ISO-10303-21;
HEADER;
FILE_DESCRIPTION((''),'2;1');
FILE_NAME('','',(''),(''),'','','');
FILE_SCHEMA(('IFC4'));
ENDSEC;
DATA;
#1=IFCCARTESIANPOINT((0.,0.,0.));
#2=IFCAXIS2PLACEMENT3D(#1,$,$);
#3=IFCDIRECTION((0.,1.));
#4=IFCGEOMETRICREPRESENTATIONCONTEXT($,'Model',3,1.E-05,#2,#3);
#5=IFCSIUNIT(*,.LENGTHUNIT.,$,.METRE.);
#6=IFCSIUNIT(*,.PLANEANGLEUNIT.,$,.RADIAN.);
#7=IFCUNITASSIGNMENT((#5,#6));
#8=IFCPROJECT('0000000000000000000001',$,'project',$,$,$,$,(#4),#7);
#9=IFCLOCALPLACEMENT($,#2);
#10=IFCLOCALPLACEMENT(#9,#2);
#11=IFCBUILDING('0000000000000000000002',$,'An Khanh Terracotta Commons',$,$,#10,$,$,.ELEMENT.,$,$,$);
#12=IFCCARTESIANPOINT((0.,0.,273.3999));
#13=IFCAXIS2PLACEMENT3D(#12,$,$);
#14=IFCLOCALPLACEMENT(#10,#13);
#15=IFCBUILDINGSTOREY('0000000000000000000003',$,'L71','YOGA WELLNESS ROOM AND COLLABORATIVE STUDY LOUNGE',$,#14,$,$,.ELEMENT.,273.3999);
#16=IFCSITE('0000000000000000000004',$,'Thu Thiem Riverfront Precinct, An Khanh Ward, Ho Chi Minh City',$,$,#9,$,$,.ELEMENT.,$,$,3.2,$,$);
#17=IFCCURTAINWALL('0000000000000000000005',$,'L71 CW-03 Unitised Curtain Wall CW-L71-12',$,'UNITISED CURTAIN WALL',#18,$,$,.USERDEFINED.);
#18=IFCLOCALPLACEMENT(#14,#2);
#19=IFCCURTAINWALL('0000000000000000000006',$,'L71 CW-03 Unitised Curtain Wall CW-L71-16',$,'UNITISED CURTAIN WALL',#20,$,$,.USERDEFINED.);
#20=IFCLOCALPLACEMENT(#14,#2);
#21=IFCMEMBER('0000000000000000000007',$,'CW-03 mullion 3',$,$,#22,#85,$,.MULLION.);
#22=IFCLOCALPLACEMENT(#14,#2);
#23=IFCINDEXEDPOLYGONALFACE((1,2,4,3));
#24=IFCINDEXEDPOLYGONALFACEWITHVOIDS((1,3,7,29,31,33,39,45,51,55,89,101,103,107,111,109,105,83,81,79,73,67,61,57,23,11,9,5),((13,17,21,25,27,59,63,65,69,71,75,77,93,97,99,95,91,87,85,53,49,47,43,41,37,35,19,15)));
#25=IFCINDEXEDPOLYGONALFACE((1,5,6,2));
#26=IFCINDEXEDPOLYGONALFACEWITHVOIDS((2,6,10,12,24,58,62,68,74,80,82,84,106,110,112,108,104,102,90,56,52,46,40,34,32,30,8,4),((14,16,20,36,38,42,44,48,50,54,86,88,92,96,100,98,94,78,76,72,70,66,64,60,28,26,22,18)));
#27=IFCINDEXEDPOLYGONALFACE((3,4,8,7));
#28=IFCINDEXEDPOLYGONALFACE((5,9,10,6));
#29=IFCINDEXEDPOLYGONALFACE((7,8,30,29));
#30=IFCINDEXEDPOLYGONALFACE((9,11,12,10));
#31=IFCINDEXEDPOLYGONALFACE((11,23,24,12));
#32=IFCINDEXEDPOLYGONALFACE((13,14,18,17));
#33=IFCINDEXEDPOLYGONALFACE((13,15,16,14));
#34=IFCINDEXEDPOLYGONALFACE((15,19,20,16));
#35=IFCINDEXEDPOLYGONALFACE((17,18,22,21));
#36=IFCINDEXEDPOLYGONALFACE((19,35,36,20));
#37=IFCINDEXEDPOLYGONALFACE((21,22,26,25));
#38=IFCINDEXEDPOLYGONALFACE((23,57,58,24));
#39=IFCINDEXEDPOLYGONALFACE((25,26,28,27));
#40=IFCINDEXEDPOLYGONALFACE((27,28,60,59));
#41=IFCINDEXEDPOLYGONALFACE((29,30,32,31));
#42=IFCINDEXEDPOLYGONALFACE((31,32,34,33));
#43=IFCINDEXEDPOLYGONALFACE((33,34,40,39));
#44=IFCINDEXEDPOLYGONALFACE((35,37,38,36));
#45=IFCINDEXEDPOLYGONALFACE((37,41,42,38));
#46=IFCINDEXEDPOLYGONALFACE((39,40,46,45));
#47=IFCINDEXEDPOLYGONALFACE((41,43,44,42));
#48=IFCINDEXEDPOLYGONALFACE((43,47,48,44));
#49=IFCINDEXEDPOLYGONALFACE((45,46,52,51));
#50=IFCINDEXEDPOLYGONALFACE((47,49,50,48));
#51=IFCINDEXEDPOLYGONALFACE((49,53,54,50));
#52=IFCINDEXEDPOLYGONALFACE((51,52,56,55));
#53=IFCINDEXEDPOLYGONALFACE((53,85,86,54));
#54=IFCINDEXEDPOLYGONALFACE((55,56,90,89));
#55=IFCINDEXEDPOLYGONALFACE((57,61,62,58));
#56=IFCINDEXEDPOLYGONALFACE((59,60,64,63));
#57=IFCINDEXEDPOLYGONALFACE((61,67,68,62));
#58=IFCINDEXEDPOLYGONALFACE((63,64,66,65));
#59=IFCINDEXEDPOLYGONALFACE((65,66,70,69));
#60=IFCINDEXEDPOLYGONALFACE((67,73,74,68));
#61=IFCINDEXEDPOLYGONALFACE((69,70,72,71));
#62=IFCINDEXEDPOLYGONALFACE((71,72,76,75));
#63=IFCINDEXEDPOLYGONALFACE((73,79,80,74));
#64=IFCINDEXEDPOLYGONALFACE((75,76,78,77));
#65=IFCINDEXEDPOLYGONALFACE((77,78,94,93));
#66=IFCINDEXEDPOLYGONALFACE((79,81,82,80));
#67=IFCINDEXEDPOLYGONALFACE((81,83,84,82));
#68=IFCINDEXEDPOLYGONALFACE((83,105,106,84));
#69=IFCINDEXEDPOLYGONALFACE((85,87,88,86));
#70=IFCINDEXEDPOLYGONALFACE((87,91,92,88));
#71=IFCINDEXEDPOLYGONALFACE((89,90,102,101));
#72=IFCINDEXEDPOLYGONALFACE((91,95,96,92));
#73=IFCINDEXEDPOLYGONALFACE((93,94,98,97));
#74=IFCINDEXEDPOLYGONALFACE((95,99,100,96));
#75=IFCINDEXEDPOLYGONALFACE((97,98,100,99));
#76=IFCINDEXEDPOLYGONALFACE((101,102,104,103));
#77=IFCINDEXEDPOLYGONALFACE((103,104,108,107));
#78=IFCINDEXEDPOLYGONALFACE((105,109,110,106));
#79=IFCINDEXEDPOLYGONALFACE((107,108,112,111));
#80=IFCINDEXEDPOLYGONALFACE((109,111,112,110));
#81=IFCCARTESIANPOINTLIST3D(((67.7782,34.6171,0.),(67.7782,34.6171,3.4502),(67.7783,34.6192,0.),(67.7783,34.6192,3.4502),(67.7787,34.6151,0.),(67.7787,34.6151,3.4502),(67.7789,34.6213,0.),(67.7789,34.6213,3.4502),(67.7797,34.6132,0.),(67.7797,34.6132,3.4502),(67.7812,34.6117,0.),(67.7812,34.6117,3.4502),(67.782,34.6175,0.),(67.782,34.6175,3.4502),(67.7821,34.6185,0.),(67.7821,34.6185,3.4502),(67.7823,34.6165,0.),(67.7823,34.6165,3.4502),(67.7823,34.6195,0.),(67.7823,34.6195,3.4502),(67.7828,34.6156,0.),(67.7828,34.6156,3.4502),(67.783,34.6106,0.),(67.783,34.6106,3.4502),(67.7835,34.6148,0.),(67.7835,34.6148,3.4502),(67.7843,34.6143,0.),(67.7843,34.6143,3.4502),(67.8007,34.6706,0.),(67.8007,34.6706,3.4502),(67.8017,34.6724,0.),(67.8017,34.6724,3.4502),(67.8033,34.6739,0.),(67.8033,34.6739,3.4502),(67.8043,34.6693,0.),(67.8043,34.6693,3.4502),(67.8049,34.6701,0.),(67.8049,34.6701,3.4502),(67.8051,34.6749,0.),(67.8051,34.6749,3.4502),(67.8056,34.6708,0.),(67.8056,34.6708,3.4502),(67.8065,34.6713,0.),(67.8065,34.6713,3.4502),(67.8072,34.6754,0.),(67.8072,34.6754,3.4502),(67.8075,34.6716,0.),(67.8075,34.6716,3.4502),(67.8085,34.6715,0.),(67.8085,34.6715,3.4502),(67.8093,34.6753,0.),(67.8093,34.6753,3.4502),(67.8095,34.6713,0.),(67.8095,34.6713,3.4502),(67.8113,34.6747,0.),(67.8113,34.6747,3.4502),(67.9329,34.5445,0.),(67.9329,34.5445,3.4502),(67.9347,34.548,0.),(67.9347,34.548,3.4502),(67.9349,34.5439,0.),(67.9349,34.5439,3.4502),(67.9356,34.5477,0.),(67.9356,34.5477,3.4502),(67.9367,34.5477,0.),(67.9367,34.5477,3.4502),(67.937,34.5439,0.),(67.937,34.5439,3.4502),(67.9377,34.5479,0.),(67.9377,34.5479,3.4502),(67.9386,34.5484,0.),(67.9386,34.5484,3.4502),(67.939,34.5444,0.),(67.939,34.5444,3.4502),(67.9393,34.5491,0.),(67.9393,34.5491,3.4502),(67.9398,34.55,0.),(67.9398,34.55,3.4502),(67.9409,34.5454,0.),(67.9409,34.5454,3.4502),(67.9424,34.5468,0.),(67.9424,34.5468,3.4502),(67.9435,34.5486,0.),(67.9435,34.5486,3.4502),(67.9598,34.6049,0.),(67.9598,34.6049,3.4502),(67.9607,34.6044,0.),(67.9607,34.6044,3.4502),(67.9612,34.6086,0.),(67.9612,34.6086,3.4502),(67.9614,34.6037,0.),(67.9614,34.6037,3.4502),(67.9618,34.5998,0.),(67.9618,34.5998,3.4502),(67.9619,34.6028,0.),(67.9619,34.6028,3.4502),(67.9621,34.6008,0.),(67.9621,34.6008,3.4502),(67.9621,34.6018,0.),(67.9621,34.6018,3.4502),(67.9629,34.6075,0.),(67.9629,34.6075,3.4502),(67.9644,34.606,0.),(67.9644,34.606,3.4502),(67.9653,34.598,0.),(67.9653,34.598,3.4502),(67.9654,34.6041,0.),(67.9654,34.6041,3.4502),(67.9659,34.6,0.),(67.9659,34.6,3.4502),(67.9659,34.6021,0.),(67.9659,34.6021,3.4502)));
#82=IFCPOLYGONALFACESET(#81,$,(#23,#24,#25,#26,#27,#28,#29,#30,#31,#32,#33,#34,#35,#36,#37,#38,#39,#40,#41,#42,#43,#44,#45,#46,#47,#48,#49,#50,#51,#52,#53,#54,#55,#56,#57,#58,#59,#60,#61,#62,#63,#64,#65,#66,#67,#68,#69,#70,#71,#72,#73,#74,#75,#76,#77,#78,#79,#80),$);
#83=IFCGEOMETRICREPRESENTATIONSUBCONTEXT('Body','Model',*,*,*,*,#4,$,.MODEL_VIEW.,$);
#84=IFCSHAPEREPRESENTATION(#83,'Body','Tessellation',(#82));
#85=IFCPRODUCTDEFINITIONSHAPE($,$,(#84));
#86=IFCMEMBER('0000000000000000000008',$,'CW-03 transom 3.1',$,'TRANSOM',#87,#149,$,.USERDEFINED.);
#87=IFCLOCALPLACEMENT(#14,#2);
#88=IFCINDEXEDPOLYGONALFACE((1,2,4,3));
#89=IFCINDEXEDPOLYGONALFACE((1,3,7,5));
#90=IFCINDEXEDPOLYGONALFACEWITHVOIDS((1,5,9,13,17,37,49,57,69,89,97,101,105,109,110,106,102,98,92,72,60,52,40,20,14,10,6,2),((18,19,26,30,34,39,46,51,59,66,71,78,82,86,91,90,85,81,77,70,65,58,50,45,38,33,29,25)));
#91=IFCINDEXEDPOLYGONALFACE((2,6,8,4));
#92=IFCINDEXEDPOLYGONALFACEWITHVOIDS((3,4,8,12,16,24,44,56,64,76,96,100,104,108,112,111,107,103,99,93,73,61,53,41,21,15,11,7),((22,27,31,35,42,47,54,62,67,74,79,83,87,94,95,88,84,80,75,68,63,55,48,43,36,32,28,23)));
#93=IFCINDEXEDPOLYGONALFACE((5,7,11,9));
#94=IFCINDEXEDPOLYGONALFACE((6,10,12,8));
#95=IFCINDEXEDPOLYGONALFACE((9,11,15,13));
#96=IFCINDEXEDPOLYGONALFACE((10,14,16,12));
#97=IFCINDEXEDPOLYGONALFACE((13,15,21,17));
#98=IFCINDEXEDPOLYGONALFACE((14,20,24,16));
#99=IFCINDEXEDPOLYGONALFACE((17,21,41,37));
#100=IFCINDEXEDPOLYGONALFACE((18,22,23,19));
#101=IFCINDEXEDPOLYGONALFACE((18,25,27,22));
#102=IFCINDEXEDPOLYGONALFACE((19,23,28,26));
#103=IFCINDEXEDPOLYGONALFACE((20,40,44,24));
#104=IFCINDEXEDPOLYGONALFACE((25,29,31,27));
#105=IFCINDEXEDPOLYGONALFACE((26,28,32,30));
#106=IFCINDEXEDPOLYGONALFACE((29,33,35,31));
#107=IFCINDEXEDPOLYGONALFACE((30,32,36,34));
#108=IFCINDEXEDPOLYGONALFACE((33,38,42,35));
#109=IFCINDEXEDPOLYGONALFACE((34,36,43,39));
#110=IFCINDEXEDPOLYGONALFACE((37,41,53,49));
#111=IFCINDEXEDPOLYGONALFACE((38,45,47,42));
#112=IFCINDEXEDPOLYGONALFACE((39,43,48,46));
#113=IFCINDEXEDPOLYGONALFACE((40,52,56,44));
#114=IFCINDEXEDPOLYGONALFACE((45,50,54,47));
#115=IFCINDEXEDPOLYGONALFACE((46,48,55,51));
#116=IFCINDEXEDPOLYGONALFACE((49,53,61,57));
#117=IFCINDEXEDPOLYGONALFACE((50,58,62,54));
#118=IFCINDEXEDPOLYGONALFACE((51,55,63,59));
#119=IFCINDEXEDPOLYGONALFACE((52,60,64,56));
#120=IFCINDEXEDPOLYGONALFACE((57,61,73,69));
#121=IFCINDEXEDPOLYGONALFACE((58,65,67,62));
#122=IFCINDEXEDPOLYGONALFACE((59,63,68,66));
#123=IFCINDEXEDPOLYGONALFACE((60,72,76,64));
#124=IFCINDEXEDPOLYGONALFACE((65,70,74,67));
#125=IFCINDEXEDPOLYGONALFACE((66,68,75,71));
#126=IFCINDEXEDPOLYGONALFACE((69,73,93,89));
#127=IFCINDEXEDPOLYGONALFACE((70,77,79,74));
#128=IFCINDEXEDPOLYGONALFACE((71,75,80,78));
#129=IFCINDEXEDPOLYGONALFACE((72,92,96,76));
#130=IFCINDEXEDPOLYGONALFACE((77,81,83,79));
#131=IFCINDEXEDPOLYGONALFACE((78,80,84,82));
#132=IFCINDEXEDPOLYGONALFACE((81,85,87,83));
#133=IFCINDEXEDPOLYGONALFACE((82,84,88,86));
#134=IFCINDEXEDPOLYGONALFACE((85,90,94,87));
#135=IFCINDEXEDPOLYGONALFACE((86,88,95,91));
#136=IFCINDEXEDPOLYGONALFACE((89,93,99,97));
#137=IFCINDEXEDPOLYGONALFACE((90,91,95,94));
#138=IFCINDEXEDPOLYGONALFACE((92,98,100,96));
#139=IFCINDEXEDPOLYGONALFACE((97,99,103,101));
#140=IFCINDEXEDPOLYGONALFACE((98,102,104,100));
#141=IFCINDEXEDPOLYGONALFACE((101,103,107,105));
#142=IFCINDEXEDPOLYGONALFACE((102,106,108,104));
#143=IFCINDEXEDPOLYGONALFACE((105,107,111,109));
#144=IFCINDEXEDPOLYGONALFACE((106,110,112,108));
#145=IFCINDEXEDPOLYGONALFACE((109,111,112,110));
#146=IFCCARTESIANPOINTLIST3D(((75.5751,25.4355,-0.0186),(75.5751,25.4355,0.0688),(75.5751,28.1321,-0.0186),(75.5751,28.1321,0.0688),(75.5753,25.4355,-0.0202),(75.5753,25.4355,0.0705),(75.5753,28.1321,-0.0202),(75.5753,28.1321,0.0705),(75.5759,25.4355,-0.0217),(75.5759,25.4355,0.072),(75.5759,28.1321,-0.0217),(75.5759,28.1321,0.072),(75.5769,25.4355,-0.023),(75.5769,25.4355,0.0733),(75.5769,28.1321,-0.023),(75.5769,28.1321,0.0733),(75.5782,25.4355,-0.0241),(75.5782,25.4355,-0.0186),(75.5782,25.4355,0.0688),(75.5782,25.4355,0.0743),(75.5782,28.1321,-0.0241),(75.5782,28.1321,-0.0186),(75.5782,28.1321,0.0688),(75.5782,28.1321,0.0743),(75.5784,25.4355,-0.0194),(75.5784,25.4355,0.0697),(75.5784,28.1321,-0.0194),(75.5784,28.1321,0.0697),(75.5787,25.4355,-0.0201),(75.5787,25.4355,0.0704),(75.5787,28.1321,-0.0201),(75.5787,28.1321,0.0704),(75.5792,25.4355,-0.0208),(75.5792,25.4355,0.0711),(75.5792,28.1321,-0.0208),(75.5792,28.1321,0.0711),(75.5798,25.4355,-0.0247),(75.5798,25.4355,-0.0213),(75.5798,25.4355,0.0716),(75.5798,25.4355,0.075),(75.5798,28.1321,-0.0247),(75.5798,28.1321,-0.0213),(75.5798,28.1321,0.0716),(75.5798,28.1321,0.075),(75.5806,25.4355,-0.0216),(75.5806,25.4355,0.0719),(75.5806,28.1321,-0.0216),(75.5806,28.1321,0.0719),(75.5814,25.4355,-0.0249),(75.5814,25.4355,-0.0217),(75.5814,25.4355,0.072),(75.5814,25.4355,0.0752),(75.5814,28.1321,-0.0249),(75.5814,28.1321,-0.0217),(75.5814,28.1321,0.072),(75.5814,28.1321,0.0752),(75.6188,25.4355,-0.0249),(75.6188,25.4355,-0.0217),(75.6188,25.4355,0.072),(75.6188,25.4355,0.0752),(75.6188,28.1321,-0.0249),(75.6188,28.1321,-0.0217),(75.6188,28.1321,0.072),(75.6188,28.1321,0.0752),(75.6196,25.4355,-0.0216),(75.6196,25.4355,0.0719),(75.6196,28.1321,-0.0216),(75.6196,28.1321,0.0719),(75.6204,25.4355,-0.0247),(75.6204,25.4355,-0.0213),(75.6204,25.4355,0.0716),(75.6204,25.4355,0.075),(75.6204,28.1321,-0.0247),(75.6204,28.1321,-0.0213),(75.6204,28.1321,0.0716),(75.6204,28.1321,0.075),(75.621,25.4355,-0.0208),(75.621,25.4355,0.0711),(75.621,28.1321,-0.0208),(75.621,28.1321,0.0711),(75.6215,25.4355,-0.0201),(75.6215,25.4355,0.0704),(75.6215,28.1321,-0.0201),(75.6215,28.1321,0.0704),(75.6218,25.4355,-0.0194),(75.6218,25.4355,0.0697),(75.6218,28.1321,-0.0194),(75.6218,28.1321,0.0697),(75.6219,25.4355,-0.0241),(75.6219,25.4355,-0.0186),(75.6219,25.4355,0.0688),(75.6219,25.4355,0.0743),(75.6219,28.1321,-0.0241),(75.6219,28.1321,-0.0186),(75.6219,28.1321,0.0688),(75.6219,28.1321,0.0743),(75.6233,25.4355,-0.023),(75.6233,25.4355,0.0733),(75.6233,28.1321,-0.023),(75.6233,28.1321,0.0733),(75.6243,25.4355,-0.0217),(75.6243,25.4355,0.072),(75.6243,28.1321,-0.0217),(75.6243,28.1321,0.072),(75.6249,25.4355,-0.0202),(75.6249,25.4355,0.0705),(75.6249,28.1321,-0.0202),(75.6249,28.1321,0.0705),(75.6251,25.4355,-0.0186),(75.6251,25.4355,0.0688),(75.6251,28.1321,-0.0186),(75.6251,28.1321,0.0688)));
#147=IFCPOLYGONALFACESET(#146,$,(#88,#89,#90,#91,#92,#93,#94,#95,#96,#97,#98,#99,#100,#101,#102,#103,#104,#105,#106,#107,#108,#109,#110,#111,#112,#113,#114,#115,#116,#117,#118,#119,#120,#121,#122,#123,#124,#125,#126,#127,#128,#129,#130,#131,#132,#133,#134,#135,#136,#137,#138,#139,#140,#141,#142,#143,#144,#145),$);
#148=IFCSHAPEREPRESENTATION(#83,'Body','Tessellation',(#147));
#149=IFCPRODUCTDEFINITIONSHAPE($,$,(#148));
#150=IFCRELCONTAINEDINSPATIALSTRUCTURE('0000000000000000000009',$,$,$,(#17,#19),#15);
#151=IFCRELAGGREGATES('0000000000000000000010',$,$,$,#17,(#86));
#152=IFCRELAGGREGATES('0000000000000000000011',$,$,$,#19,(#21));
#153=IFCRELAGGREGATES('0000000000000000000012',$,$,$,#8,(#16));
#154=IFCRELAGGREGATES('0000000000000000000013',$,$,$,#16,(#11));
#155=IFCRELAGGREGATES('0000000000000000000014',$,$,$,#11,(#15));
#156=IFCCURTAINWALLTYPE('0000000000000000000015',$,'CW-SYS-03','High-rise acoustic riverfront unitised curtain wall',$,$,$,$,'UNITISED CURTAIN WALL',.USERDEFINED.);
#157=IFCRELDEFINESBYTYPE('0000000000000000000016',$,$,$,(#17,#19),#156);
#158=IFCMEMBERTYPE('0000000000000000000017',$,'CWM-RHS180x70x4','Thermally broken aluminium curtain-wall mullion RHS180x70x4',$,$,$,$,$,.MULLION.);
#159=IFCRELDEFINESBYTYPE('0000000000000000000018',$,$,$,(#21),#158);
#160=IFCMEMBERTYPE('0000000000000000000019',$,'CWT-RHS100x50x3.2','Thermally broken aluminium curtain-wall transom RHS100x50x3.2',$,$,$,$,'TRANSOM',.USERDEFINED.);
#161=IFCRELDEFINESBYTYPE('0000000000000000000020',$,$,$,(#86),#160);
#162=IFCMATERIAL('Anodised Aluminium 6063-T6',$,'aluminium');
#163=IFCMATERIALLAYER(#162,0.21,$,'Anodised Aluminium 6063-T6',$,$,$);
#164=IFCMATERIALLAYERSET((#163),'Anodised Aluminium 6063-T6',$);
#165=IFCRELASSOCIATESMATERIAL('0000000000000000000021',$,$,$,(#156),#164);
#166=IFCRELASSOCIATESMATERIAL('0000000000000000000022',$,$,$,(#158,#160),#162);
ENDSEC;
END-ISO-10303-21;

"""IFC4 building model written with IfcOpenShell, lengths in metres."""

from ifc_helpers import new_model, si_unit, direction, frame, origin, origin_2d, place, context, subcontext, project, spatial, hollow_rectangle, extrude, material, layer, layer_set, material_profile, profile_set, type_object, element, aggregate, save


model = new_model("IFC4")

# Units and contexts
model_context = context("Model", 3, precision=1e-05, world=origin(), true_north=direction((0.0, 1.0)))
body_context = subcontext(model_context, "Body", "Model", "MODEL_VIEW")
ifc_project = project(units=[si_unit("LENGTHUNIT", "METRE"), si_unit("PLANEANGLEUNIT", "RADIAN")], contexts=[model_context])

# Site, building, storey
site_placement = place(None, origin())
site = spatial("IfcSite", under=ifc_project, at=site_placement, Name="Thu Thiem Riverfront Precinct, An Khanh Ward, Ho Chi Minh City", CompositionType="ELEMENT", RefElevation=3.2)
building_placement = place(site_placement, origin())
building = spatial("IfcBuilding", under=site, at=building_placement, Name="An Khanh Terracotta Commons", CompositionType="ELEMENT")
storey_placement = place(building_placement, frame((0.0, 0.0, 273.3999)))
storey = spatial("IfcBuildingStorey", under=building, at=storey_placement, Name="L71", Description="YOGA WELLNESS ROOM AND COLLABORATIVE STUDY LOUNGE", CompositionType="ELEMENT", Elevation=273.3999)

# Curtain walls, member
ifc_material_1 = material(Name="Anodised Aluminium 6063-T6", Category="aluminium")
ifc_layer_1 = layer(ifc_material_1, 0.21, Name="Anodised Aluminium 6063-T6")
ifc_layer_set_1 = layer_set([ifc_layer_1], Name="Anodised Aluminium 6063-T6")
curtain_wall_type = type_object("IfcCurtainWallType", Name="CW-SYS-03", Description="High-rise acoustic riverfront unitised curtain wall", ElementType="UNITISED CURTAIN WALL", PredefinedType="USERDEFINED", material=ifc_layer_set_1)
curtain_wall_1_placement = place(storey_placement, origin())
curtain_wall_1 = element("IfcCurtainWall", 1, at=curtain_wall_1_placement, inside=storey, type_object=curtain_wall_type, Name="L71 CW-03 Unitised Curtain Wall CW-L71-12", ObjectType="UNITISED CURTAIN WALL", PredefinedType="USERDEFINED")
ifc_material_profile_1 = material_profile(ifc_material_1, hollow_rectangle(XDim=0.0701, YDim=0.1799, WallThickness=0.0039, InnerFilletRadius=0.0039, OuterFilletRadius=0.0081, at=origin_2d()), Name="RHS180x70x4")
ifc_profile_set_1 = profile_set([ifc_material_profile_1], Name="Anodised Aluminium 6063-T6")
member_type_1 = type_object("IfcMemberType", Name="CWM-RHS180x70x4", Description="Thermally broken aluminium curtain-wall mullion RHS180x70x4", PredefinedType="MULLION", material=ifc_profile_set_1)
curtain_wall_2_placement = place(storey_placement, origin())
curtain_wall_2 = element("IfcCurtainWall", 2, at=curtain_wall_2_placement, inside=storey, type_object=curtain_wall_type, Name="L71 CW-03 Unitised Curtain Wall CW-L71-16", ObjectType="UNITISED CURTAIN WALL", PredefinedType="USERDEFINED")
member_1_placement = place(storey_placement, frame((67.8721, 34.6096, 0.0), z_axis=(0.0, 0.0, 1.0), x_axis=(-0.403676, -0.914902, 0.0)))
member_1 = element("IfcMember", 3, at=member_1_placement, type_object=member_type_1, Name="CW-03 mullion 3", PredefinedType="MULLION", context=body_context, shape_type="SweptSolid", body=[
    extrude(hollow_rectangle(XDim=0.0701, YDim=0.1799, WallThickness=0.0039, InnerFilletRadius=0.0039, OuterFilletRadius=0.0081, at=origin_2d()), origin(), (0.0, 0.0, 1.0), 3.4502),
])

# Member
ifc_material_profile_2 = material_profile(ifc_material_1, hollow_rectangle(XDim=0.05, YDim=0.1001, WallThickness=0.0032, InnerFilletRadius=0.0032, OuterFilletRadius=0.0063, at=origin_2d()), Name="RHS100x50x3.2")
ifc_profile_set_2 = profile_set([ifc_material_profile_2], Name="Anodised Aluminium 6063-T6")
member_type_2 = type_object("IfcMemberType", Name="CWT-RHS100x50x3.2", Description="Thermally broken aluminium curtain-wall transom RHS100x50x3.2", ElementType="TRANSOM", PredefinedType="USERDEFINED", material=ifc_profile_set_2)
member_2_placement = place(storey_placement, frame((75.6001, 25.4355, 0.0251), z_axis=(0.0, 1.0, 0.0), x_axis=(-1.0, 0.0, 0.0)))
member_2 = element("IfcMember", 4, at=member_2_placement, type_object=member_type_2, Name="CW-03 transom 3.1", ObjectType="TRANSOM", PredefinedType="USERDEFINED", context=body_context, shape_type="SweptSolid", body=[
    extrude(hollow_rectangle(XDim=0.05, YDim=0.1001, WallThickness=0.0032, InnerFilletRadius=0.0032, OuterFilletRadius=0.0063, at=origin_2d()), origin(), (0.0, 0.0, 1.0), 2.6965),
])

aggregate(curtain_wall_1, [member_2])
aggregate(curtain_wall_2, [member_1])

save(model, "model.ifc")
